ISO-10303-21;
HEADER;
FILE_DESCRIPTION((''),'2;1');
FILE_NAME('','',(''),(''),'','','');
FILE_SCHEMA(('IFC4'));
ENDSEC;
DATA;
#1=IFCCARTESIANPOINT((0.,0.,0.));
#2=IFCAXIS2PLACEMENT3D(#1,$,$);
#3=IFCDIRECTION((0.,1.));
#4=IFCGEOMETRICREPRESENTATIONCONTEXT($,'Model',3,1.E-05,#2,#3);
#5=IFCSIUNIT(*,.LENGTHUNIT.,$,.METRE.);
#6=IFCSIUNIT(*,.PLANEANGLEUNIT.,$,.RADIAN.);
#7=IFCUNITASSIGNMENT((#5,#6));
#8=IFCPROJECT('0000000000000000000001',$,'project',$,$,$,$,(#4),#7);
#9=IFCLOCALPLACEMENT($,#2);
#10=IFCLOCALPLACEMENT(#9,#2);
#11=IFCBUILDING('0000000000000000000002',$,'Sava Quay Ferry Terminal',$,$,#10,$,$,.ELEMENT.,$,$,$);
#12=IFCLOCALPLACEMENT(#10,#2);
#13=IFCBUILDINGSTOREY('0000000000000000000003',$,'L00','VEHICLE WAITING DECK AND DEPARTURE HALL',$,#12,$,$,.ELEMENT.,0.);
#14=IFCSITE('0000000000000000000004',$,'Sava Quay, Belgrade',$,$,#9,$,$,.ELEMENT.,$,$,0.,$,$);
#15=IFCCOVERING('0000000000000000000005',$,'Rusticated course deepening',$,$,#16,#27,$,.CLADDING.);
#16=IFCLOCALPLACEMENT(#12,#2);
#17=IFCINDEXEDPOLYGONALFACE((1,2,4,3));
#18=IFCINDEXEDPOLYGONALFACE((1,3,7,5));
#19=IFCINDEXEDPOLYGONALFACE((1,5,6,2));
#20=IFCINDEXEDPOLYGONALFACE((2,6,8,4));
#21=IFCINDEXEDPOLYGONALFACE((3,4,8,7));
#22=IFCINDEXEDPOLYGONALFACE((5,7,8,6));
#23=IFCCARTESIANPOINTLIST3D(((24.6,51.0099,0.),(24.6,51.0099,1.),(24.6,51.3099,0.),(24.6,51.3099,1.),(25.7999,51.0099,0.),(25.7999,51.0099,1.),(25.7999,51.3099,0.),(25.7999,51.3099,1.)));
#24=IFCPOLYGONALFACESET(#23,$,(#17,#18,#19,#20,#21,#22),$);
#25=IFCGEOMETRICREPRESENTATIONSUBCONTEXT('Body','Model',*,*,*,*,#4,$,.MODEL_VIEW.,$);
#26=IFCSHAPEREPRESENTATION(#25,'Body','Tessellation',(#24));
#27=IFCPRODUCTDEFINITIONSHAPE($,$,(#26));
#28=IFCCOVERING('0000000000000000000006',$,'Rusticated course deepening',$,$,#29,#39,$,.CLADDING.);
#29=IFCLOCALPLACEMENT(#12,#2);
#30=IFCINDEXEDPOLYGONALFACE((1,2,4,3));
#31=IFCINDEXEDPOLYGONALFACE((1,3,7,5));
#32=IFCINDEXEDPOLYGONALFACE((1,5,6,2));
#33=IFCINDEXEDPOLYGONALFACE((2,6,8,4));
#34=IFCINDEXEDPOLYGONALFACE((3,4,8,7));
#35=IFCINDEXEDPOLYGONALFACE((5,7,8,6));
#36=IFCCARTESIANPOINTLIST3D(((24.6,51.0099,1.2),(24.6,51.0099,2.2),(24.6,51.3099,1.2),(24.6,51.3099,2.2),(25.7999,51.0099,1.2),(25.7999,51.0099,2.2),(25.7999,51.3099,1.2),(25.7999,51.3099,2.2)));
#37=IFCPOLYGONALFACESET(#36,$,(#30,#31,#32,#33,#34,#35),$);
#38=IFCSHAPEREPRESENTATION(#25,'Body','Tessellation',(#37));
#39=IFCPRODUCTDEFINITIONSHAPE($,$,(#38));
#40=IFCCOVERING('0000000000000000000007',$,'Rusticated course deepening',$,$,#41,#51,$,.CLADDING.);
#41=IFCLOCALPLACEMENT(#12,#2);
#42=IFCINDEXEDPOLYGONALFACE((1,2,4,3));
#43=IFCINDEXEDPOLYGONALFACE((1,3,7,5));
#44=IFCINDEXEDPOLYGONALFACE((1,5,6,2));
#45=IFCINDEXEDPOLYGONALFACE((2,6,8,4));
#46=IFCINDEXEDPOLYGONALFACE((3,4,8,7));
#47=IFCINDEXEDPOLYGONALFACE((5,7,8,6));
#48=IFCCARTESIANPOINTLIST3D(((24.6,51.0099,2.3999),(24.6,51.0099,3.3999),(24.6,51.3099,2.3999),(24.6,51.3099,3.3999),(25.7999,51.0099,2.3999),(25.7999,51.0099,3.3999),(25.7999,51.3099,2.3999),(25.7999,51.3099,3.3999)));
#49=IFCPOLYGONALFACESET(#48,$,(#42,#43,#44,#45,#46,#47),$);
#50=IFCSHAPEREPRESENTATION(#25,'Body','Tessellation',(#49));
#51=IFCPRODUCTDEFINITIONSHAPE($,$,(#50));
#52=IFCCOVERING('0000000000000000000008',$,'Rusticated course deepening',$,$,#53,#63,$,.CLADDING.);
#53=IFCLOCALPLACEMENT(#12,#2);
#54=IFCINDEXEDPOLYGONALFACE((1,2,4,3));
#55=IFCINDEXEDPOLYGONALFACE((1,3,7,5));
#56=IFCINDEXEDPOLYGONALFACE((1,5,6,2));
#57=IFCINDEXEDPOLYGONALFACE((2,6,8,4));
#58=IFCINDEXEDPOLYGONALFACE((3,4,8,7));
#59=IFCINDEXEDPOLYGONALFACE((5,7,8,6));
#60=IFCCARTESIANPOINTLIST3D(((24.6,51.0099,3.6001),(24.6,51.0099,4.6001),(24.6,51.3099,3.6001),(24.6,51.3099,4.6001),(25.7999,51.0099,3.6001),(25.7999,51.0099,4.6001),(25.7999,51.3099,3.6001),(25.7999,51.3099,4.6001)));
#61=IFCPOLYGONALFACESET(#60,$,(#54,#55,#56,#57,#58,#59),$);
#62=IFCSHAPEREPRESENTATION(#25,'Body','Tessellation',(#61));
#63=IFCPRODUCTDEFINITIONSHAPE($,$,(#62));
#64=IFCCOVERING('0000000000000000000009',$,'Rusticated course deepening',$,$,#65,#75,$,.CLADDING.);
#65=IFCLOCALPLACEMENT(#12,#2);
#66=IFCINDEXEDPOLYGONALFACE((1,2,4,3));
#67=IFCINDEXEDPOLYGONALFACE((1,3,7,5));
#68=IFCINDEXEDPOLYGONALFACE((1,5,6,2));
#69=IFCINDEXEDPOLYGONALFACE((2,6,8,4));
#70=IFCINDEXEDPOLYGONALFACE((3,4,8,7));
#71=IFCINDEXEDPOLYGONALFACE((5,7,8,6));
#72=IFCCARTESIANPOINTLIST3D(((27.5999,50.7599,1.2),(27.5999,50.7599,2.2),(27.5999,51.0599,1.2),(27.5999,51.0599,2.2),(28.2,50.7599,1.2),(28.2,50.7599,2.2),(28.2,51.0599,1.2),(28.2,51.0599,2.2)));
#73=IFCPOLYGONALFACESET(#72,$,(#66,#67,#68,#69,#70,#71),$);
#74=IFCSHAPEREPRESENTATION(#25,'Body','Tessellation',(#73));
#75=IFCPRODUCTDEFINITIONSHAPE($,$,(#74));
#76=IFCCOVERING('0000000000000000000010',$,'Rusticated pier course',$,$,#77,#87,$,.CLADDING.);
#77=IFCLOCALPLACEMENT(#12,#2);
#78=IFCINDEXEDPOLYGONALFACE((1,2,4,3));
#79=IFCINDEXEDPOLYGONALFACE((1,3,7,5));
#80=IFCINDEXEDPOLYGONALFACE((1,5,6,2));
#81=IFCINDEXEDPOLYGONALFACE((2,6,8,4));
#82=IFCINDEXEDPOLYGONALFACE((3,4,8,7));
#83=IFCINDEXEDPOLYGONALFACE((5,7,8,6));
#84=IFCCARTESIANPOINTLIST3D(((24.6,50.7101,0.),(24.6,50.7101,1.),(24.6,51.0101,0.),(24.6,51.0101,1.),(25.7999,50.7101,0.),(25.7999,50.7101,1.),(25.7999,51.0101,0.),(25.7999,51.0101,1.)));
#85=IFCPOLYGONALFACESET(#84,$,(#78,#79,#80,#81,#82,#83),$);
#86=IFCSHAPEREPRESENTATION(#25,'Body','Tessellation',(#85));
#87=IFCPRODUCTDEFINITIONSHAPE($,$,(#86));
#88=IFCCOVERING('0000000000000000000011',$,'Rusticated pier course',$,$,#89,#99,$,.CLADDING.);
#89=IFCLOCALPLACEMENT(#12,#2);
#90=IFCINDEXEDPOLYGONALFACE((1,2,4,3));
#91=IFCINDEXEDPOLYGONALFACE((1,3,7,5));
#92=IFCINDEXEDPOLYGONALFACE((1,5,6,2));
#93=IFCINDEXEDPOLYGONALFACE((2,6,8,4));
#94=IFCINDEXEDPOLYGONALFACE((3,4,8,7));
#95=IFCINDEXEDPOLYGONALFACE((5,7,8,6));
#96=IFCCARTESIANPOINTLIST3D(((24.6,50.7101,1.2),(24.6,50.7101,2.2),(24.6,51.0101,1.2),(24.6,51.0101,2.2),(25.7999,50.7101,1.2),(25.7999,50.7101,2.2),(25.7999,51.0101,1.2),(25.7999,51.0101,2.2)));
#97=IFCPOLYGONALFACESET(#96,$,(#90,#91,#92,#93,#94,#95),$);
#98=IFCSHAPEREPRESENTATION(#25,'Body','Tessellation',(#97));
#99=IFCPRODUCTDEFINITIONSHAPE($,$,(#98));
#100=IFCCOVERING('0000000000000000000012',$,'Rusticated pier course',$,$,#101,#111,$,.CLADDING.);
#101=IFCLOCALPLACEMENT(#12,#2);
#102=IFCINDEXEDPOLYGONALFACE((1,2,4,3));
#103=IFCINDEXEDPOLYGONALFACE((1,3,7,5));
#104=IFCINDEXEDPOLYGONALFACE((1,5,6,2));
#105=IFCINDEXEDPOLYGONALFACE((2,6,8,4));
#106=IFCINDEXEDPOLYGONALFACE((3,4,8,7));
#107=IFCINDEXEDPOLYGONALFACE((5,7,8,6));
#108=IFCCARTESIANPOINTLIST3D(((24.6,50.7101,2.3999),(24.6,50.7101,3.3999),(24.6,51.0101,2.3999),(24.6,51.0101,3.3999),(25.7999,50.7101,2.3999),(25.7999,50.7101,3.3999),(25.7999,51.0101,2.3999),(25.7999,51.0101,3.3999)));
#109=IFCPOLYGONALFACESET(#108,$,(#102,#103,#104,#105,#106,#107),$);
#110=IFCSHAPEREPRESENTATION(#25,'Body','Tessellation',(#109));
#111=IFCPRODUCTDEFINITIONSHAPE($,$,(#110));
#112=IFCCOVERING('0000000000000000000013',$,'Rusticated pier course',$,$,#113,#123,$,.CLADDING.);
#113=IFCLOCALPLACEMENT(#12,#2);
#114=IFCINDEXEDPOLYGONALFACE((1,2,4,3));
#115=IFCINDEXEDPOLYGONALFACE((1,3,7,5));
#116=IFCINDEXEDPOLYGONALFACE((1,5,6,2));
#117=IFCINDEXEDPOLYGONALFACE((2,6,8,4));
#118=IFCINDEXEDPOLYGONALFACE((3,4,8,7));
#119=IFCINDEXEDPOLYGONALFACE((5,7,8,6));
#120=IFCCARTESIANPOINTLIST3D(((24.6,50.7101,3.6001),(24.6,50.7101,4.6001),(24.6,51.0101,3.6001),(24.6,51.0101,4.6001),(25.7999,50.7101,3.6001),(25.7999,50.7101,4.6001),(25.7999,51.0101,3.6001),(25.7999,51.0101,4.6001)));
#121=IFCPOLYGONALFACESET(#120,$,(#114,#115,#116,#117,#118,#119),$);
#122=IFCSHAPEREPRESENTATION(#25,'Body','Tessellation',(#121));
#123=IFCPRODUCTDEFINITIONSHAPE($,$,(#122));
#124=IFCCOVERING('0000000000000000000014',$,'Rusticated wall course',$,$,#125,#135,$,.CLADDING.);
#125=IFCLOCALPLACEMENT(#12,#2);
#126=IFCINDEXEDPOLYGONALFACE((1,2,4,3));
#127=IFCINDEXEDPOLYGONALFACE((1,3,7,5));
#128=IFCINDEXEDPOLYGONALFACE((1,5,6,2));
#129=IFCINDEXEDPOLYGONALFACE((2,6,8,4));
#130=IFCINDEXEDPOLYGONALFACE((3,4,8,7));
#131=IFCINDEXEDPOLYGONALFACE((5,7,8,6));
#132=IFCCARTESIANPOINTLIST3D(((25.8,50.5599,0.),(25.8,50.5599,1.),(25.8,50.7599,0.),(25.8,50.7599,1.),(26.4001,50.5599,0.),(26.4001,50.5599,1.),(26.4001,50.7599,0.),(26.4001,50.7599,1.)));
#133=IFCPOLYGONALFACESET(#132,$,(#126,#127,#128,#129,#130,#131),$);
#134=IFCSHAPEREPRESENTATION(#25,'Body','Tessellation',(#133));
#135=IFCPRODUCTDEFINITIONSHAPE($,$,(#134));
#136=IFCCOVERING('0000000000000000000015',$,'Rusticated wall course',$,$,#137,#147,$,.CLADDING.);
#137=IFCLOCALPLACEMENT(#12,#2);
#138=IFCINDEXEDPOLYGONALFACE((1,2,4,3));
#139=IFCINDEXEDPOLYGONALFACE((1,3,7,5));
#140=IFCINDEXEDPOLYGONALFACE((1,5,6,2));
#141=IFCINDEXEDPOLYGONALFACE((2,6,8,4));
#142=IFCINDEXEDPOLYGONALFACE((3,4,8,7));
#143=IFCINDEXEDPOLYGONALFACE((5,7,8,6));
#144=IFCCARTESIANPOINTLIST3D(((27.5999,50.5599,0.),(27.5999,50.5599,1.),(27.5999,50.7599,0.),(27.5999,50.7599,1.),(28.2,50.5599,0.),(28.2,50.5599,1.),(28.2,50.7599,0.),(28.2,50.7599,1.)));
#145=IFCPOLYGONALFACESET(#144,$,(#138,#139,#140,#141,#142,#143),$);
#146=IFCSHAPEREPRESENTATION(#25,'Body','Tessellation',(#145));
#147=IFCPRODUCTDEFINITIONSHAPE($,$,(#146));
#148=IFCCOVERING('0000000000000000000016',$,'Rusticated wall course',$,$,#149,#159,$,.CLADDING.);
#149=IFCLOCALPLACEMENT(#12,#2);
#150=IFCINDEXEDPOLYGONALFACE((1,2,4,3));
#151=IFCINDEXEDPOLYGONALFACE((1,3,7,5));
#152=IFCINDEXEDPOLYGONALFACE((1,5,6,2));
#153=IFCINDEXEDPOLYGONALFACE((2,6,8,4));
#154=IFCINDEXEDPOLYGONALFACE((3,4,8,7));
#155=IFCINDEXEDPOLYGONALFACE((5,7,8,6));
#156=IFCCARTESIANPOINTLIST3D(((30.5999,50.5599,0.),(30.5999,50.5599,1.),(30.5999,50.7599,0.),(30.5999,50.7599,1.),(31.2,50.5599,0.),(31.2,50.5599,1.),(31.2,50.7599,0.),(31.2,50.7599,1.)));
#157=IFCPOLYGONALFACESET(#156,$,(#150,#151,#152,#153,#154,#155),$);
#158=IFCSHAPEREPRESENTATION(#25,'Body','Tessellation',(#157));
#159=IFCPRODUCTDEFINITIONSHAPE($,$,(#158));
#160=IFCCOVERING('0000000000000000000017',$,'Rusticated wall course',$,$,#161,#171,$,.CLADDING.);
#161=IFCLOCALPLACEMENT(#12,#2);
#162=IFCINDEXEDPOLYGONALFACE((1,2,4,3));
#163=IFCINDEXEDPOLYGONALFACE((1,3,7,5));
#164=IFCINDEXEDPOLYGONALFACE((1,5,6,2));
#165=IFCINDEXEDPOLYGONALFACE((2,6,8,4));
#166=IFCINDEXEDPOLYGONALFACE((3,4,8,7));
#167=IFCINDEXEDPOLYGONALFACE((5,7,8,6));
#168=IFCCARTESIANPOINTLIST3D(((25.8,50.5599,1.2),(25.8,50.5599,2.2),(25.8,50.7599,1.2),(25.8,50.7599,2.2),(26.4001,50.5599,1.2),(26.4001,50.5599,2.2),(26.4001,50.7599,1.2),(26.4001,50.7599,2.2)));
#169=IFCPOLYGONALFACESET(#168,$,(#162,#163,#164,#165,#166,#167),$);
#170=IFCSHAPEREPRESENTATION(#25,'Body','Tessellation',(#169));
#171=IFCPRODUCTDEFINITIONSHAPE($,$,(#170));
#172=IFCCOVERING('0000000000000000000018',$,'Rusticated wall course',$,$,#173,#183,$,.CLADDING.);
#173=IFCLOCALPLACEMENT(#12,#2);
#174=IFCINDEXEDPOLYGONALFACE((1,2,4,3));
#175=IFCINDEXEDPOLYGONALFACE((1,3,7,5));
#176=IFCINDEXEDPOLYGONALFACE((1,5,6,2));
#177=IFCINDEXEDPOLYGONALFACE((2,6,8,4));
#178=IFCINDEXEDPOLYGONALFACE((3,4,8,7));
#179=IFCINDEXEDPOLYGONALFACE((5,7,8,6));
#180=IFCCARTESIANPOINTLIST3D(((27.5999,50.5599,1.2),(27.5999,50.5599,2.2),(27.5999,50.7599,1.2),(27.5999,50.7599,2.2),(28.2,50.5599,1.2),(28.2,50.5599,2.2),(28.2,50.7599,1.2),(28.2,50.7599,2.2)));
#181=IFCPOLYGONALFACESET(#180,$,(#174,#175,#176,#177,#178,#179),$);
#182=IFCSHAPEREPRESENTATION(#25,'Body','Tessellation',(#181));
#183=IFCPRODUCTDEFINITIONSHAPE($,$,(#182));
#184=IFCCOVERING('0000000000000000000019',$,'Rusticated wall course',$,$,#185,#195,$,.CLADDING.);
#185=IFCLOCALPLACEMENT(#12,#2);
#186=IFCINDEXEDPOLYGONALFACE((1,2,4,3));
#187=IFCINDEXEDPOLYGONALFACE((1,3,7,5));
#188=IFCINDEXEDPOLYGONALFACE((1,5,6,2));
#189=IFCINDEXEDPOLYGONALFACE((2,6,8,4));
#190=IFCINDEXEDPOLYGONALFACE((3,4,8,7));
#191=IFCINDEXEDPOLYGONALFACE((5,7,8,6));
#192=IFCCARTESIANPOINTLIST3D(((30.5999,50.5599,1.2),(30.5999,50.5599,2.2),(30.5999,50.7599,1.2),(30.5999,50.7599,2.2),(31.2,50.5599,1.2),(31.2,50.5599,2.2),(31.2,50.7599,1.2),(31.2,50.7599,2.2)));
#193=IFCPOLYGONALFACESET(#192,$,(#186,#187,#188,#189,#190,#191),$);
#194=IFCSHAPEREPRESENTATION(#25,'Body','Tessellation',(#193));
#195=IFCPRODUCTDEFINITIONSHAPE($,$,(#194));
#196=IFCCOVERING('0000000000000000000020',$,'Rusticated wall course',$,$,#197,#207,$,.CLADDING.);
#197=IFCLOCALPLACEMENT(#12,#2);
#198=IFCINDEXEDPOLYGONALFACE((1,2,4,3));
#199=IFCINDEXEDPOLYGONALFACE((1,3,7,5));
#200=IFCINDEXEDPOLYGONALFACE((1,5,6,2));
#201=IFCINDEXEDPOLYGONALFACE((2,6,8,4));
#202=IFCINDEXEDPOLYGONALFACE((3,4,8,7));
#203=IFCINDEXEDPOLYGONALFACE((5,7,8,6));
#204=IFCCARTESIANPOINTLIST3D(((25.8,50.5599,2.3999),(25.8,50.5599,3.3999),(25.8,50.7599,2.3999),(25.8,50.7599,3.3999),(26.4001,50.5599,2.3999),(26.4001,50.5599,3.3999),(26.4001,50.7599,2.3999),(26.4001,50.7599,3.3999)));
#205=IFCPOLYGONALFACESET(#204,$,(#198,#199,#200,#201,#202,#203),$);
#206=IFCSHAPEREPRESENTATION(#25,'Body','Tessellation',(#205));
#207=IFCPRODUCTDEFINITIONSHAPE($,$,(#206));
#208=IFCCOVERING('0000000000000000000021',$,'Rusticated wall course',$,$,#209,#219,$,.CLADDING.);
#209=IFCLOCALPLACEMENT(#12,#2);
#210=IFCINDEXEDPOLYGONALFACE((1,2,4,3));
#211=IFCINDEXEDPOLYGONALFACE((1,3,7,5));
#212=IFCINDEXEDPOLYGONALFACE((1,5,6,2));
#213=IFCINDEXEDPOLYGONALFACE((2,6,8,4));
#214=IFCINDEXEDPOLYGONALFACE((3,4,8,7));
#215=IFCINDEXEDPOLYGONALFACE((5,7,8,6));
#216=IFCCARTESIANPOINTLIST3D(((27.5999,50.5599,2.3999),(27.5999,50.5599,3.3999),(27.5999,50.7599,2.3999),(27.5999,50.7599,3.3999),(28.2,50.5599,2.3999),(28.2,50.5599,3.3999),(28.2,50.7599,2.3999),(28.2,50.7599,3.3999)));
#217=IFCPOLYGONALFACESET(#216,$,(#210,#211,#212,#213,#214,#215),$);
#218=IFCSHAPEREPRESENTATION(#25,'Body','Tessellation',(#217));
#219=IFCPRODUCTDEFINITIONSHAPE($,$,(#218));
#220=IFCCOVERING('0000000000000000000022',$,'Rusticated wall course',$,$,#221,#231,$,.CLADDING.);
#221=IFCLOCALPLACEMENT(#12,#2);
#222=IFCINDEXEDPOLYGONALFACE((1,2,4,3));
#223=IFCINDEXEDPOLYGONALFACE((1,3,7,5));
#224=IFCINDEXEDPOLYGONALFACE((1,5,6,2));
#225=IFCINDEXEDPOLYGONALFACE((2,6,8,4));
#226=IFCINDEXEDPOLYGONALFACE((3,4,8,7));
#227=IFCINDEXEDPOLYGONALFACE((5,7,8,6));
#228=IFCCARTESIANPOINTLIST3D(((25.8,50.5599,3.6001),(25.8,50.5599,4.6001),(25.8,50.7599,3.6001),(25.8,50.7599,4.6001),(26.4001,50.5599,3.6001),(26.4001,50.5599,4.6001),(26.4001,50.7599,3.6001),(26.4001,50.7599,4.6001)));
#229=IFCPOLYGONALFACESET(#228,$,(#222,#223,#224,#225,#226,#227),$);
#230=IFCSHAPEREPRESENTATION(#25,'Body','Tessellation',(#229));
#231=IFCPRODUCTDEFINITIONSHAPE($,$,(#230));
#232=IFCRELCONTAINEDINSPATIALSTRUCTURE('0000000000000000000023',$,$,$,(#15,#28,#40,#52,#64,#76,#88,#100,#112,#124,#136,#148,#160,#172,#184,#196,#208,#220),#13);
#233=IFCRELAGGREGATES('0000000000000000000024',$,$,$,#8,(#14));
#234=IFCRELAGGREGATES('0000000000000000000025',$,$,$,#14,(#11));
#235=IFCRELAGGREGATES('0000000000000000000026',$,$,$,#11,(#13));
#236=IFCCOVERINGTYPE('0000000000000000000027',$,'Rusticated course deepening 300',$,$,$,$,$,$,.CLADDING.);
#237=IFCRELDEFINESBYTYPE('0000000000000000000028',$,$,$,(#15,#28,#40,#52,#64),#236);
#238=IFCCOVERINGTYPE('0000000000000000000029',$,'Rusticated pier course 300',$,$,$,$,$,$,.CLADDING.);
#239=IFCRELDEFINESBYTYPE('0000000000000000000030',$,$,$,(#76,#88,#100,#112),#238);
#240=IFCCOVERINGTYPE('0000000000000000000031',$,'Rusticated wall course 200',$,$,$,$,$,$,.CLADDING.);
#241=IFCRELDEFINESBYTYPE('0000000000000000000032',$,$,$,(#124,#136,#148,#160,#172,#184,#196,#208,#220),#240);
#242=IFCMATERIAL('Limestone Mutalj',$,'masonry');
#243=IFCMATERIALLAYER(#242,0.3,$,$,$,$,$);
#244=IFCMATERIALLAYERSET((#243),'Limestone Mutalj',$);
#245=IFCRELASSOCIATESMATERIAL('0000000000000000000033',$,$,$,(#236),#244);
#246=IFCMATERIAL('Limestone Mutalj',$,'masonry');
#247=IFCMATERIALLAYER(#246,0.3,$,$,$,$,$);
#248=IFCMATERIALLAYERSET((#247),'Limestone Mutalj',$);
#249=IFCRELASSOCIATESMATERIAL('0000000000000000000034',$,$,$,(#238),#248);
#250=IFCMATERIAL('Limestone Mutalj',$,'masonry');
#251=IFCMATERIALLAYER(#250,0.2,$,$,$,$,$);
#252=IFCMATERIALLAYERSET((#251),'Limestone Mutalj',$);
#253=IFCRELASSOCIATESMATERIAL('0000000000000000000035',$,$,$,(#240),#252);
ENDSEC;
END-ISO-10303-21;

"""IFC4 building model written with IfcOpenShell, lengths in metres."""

from ifc_helpers import new_model, si_unit, direction, frame, origin, origin_2d, place, context, subcontext, project, spatial, rectangle, extrude, material, layer, layer_set, type_object, element, save


model = new_model("IFC4")

# Units and contexts
model_context = context("Model", 3, precision=1e-05, world=origin(), true_north=direction((0.0, 1.0)))
body_context = subcontext(model_context, "Body", "Model", "MODEL_VIEW")
ifc_project = project(units=[si_unit("LENGTHUNIT", "METRE"), si_unit("PLANEANGLEUNIT", "RADIAN")], contexts=[model_context])

# Site, building, storey
site_placement = place(None, origin())
site = spatial("IfcSite", under=ifc_project, at=site_placement, Name="Sava Quay, Belgrade", CompositionType="ELEMENT", RefElevation=0.0)
building_placement = place(site_placement, origin())
building = spatial("IfcBuilding", under=site, at=building_placement, Name="Sava Quay Ferry Terminal", CompositionType="ELEMENT")
storey_placement = place(building_placement, origin())
storey = spatial("IfcBuildingStorey", under=building, at=storey_placement, Name="L00", Description="VEHICLE WAITING DECK AND DEPARTURE HALL", CompositionType="ELEMENT", Elevation=0.0)

# Coverings
ifc_material_1 = material(Name="Limestone Mutalj", Category="masonry")
ifc_layer_1 = layer(ifc_material_1, 0.3)
ifc_layer_set_1 = layer_set([ifc_layer_1], Name="Limestone Mutalj")
covering_type_1 = type_object("IfcCoveringType", Name="Rusticated course deepening 300", PredefinedType="CLADDING", material=ifc_layer_set_1)
for number, where, z_axis, x_axis, name in (
    (1, (25.2, 51.1599, 0.0), (0.0, 0.0, 1.0), (1.0, 0.0, 0.0), "Rusticated course deepening"),
    (2, (25.2, 51.1599, 1.2), (0.0, 0.0, 1.0), (1.0, 0.0, 0.0), "Rusticated course deepening"),
    (3, (25.2, 51.1599, 2.3999), (0.0, 0.0, 1.0), (1.0, 0.0, 0.0), "Rusticated course deepening"),
    (4, (25.2, 51.1599, 3.6001), (0.0, 0.0, 1.0), (1.0, 0.0, 0.0), "Rusticated course deepening"),
):
    element("IfcCovering", number, at=place(storey_placement, frame(where, z_axis=z_axis, x_axis=x_axis)), inside=storey, type_object=covering_type_1, Name=name, PredefinedType="CLADDING", context=body_context, shape_type="SweptSolid", body=[
        extrude(rectangle(XDim=1.2, YDim=0.3, at=origin_2d()), origin(), (0.0, 0.0, 1.0), 1.0),
    ])
covering_1_placement = place(storey_placement, frame((27.8999, 50.9099, 1.2), z_axis=(0.0, 0.0, 1.0), x_axis=(1.0, 0.0, 0.0)))
element("IfcCovering", 5, at=covering_1_placement, inside=storey, type_object=covering_type_1, Name="Rusticated course deepening", PredefinedType="CLADDING", context=body_context, shape_type="SweptSolid", body=[
    extrude(rectangle(XDim=0.6001, YDim=0.3, at=origin_2d()), origin(), (0.0, 0.0, 1.0), 1.0),
])
ifc_material_2 = material(Name="Limestone Mutalj", Category="masonry")
ifc_layer_2 = layer(ifc_material_2, 0.3)
ifc_layer_set_2 = layer_set([ifc_layer_2], Name="Limestone Mutalj")
covering_type_2 = type_object("IfcCoveringType", Name="Rusticated pier course 300", PredefinedType="CLADDING", material=ifc_layer_set_2)
for number, where, z_axis, x_axis, name in (
    (6, (25.2, 50.8601, 0.0), (0.0, 0.0, 1.0), (1.0, 0.0, 0.0), "Rusticated pier course"),
    (7, (25.2, 50.8601, 1.2), (0.0, 0.0, 1.0), (1.0, 0.0, 0.0), "Rusticated pier course"),
    (8, (25.2, 50.8601, 2.3999), (0.0, 0.0, 1.0), (1.0, 0.0, 0.0), "Rusticated pier course"),
    (9, (25.2, 50.8601, 3.6001), (0.0, 0.0, 1.0), (1.0, 0.0, 0.0), "Rusticated pier course"),
):
    element("IfcCovering", number, at=place(storey_placement, frame(where, z_axis=z_axis, x_axis=x_axis)), inside=storey, type_object=covering_type_2, Name=name, PredefinedType="CLADDING", context=body_context, shape_type="SweptSolid", body=[
        extrude(rectangle(XDim=1.2, YDim=0.3, at=origin_2d()), origin(), (0.0, 0.0, 1.0), 1.0),
    ])
ifc_material_3 = material(Name="Limestone Mutalj", Category="masonry")
ifc_layer_3 = layer(ifc_material_3, 0.2)
ifc_layer_set_3 = layer_set([ifc_layer_3], Name="Limestone Mutalj")
covering_type_3 = type_object("IfcCoveringType", Name="Rusticated wall course 200", PredefinedType="CLADDING", material=ifc_layer_set_3)
for number, where, z_axis, x_axis, name in (
    (10, (26.1001, 50.6599, 0.0), (0.0, 0.0, 1.0), (1.0, 0.0, 0.0), "Rusticated wall course"),
    (11, (27.8999, 50.6599, 0.0), (0.0, 0.0, 1.0), (1.0, 0.0, 0.0), "Rusticated wall course"),
    (12, (30.8999, 50.6599, 0.0), (0.0, 0.0, 1.0), (1.0, 0.0, 0.0), "Rusticated wall course"),
    (13, (26.1001, 50.6599, 1.2), (0.0, 0.0, 1.0), (1.0, 0.0, 0.0), "Rusticated wall course"),
    (14, (27.8999, 50.6599, 1.2), (0.0, 0.0, 1.0), (1.0, 0.0, 0.0), "Rusticated wall course"),
    (15, (30.8999, 50.6599, 1.2), (0.0, 0.0, 1.0), (1.0, 0.0, 0.0), "Rusticated wall course"),
    (16, (26.1001, 50.6599, 2.3999), (0.0, 0.0, 1.0), (1.0, 0.0, 0.0), "Rusticated wall course"),
    (17, (27.8999, 50.6599, 2.3999), (0.0, 0.0, 1.0), (1.0, 0.0, 0.0), "Rusticated wall course"),
    (18, (26.1001, 50.6599, 3.6001), (0.0, 0.0, 1.0), (1.0, 0.0, 0.0), "Rusticated wall course"),
):
    element("IfcCovering", number, at=place(storey_placement, frame(where, z_axis=z_axis, x_axis=x_axis)), inside=storey, type_object=covering_type_3, Name=name, PredefinedType="CLADDING", context=body_context, shape_type="SweptSolid", body=[
        extrude(rectangle(XDim=0.6001, YDim=0.2, at=origin_2d()), origin(), (0.0, 0.0, 1.0), 1.0),
    ])

save(model, "model.ifc")
